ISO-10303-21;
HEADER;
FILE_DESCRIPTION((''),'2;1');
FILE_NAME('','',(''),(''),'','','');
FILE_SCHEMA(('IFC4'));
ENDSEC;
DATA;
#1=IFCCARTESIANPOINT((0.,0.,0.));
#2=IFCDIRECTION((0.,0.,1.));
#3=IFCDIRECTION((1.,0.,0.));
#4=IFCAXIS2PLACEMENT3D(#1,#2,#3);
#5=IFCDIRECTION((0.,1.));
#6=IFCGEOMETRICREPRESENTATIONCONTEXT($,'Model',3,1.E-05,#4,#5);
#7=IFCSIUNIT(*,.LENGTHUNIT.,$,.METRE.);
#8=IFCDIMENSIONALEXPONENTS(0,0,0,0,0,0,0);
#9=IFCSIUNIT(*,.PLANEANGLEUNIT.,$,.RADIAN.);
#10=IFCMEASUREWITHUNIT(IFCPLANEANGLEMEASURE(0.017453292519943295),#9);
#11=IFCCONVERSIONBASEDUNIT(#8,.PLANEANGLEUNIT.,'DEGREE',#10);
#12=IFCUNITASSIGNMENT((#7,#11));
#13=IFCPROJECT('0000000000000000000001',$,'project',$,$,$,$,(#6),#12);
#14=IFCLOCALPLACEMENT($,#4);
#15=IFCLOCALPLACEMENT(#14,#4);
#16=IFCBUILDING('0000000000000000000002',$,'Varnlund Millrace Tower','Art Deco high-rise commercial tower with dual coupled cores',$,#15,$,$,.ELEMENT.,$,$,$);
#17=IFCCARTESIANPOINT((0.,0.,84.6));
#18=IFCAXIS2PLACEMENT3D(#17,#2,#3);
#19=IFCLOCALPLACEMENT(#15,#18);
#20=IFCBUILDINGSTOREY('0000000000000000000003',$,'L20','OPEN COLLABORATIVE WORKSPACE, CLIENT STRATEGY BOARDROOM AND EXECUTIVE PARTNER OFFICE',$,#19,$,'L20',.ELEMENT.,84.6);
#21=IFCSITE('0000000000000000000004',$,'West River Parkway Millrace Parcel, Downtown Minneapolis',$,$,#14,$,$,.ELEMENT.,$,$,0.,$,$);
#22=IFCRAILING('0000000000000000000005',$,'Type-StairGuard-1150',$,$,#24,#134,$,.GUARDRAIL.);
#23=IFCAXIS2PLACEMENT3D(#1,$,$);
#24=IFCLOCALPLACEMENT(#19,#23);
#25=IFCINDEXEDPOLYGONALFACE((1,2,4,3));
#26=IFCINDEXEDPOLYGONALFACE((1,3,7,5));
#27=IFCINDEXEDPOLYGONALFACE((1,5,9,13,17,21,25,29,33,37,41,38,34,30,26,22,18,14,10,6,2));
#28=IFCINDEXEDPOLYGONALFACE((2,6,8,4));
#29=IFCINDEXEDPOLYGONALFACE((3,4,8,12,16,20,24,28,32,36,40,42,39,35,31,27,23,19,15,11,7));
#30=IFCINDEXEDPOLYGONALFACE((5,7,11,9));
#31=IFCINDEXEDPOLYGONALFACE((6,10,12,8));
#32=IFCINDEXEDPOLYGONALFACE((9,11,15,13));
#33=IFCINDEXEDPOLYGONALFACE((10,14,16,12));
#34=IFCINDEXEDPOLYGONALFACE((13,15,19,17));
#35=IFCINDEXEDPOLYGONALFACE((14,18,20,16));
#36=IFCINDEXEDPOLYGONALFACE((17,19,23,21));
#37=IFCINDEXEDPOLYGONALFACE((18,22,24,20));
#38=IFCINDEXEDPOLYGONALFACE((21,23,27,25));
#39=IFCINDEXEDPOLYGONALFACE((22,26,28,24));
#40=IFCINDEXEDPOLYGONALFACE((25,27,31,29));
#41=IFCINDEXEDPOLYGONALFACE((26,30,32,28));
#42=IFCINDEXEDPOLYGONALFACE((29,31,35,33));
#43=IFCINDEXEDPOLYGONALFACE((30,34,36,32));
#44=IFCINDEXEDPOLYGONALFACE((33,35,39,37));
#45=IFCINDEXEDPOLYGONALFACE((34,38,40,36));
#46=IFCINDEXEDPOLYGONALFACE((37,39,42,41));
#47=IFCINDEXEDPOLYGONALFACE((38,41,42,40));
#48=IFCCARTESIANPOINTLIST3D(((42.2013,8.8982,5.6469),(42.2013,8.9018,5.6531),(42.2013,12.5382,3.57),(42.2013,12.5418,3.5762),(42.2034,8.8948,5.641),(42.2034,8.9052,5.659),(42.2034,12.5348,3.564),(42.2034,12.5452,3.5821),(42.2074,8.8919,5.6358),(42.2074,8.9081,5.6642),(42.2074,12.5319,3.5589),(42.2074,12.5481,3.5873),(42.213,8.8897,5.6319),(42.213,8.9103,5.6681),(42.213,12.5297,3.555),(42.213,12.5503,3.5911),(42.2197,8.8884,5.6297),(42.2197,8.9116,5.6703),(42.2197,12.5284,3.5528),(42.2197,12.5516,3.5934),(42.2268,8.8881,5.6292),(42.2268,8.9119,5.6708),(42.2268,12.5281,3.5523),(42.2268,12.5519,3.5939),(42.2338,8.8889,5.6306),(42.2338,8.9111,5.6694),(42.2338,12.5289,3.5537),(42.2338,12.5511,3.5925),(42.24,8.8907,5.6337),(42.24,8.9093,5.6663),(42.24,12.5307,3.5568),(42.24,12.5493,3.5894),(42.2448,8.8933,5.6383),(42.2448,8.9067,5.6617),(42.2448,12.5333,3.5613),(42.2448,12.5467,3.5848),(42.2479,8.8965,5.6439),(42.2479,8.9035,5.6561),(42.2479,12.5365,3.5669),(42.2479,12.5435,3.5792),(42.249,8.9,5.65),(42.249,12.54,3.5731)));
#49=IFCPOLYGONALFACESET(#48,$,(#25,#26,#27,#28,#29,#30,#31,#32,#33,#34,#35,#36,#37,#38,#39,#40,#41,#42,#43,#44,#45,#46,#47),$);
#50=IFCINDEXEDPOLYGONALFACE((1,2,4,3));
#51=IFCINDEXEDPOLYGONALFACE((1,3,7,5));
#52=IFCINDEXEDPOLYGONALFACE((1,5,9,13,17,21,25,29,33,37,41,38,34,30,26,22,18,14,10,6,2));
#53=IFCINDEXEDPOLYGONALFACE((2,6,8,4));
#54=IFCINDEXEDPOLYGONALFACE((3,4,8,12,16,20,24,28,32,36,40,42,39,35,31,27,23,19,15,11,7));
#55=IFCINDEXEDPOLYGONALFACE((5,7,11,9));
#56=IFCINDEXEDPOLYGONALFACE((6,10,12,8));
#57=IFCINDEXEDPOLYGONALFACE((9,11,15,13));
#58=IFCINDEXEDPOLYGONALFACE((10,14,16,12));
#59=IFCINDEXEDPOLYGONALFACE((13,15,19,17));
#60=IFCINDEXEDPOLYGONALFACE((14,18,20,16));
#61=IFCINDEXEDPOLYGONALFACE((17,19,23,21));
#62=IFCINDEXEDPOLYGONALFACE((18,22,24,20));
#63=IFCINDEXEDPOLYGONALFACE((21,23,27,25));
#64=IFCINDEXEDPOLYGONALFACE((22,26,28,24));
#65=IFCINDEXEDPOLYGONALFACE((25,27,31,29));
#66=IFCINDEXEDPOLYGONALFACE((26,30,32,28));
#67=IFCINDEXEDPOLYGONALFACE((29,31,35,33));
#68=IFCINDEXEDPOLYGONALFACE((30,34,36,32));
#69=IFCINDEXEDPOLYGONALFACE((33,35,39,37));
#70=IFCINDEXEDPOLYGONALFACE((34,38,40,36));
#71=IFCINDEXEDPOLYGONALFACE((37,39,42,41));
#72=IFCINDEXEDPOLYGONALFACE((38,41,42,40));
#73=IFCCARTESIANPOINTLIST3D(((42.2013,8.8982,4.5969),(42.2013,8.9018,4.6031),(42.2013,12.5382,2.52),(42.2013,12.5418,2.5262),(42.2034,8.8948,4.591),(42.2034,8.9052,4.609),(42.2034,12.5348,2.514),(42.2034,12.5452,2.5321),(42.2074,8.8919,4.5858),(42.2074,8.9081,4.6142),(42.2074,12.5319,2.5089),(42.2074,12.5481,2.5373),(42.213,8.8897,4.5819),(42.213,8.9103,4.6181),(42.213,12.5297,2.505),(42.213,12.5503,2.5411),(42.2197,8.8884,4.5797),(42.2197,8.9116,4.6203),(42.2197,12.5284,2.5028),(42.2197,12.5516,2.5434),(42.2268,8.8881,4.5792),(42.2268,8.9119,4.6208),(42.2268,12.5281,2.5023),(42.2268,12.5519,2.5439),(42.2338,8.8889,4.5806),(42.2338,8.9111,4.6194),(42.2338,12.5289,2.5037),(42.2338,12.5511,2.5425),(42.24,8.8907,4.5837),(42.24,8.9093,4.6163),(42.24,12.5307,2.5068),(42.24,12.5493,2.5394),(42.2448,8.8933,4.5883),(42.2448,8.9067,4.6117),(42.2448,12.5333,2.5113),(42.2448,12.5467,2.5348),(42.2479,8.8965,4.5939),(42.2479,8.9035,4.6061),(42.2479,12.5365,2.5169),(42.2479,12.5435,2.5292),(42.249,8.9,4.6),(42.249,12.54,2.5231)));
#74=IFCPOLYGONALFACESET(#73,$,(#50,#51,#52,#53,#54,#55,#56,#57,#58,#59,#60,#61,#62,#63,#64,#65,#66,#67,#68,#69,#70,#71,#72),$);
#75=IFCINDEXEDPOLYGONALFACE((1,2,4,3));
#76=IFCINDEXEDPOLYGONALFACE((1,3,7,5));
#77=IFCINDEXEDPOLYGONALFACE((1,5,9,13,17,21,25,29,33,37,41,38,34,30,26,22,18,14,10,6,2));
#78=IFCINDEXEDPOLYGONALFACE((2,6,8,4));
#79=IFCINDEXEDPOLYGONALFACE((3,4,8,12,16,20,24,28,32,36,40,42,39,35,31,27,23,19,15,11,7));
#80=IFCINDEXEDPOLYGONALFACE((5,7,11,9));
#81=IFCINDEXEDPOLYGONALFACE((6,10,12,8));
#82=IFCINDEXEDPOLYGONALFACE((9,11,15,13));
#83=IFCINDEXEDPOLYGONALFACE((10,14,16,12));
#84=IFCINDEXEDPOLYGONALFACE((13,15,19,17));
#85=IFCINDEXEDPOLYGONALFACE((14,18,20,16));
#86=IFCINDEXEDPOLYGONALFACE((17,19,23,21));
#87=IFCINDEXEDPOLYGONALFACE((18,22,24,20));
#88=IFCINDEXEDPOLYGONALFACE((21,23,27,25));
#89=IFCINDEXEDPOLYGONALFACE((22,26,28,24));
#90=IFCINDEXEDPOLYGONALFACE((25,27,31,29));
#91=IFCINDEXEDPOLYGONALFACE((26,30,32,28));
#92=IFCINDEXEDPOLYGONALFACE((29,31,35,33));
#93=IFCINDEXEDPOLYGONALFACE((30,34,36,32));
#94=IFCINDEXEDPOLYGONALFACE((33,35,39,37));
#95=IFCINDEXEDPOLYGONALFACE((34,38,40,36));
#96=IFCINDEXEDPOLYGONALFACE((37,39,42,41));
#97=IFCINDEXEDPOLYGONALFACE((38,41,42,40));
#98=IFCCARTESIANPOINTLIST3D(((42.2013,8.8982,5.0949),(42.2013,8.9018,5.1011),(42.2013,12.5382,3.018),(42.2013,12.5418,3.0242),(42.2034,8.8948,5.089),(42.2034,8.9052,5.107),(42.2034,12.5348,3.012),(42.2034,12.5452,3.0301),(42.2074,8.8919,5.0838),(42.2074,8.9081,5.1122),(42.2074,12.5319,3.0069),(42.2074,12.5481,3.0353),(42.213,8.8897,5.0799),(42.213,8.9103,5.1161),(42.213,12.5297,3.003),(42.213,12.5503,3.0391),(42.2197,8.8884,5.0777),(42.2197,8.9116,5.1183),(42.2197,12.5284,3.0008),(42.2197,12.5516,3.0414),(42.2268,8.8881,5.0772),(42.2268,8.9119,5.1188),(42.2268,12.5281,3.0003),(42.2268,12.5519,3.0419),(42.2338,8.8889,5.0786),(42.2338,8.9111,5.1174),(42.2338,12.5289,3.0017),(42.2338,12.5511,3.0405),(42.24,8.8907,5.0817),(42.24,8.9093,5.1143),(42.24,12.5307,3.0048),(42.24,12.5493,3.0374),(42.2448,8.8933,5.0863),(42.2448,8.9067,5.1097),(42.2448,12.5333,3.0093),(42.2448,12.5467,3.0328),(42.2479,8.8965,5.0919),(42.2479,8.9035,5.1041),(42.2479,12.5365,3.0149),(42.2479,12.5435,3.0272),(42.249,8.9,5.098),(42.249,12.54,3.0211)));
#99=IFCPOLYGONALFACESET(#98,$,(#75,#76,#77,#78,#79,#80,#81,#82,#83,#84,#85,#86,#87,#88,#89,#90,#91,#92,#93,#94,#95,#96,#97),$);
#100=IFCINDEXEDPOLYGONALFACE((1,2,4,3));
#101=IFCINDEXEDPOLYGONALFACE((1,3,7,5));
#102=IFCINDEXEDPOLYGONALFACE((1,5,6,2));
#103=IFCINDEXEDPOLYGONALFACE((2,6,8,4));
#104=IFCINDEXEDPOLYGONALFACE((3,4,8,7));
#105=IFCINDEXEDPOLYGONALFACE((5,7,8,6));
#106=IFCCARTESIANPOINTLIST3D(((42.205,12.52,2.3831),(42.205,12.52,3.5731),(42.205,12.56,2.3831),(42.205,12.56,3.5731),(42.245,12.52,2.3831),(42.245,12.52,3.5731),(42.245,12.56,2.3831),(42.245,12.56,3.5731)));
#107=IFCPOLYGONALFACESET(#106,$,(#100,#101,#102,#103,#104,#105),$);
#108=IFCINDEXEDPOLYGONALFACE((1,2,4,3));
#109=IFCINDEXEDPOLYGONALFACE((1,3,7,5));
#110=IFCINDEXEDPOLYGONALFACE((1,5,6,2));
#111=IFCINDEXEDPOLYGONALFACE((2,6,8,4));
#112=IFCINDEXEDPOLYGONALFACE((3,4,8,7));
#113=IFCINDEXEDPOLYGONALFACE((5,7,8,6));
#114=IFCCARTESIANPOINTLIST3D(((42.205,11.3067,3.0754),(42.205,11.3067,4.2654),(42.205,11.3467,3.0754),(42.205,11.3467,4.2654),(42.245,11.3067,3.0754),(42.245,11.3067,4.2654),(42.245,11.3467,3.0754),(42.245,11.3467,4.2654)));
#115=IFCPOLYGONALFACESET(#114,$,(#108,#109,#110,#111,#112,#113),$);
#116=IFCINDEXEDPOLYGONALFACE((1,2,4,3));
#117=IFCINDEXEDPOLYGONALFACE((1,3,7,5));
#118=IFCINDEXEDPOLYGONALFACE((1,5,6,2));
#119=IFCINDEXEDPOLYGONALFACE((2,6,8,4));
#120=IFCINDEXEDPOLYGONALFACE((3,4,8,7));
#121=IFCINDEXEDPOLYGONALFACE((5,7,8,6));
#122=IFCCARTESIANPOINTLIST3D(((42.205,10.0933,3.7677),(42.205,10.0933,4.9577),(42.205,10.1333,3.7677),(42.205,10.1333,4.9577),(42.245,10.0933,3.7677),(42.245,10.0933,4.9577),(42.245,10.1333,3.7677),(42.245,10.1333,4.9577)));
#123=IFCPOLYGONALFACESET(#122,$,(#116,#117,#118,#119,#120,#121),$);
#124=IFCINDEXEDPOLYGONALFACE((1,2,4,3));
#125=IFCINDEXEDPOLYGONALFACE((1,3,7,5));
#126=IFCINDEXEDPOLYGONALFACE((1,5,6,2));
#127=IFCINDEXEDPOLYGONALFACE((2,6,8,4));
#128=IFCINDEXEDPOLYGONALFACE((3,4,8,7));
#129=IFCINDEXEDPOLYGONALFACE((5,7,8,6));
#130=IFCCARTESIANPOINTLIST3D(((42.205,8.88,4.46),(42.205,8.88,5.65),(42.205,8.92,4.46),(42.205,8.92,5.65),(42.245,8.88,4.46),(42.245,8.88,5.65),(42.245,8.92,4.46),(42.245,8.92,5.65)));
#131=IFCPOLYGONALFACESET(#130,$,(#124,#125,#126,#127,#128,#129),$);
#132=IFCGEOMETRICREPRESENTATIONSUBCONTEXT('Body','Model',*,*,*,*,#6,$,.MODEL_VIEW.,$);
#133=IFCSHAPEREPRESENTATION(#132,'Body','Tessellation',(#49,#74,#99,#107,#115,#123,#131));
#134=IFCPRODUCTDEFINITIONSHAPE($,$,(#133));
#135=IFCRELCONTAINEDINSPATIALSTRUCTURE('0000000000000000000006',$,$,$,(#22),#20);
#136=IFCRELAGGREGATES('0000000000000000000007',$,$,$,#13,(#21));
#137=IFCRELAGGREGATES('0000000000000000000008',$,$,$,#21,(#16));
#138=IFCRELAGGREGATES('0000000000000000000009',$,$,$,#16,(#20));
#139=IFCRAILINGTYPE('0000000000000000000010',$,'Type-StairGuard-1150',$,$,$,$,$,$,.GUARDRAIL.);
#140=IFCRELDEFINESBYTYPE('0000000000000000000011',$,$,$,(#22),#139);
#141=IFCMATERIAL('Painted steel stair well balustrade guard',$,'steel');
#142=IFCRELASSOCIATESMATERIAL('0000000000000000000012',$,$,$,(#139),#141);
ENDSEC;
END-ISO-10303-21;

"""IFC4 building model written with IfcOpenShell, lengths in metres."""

from ifc_helpers import new_model, entity, si_unit, converted_unit, direction, frame, origin_with_axes, origin_2d_with_axis, place, context, subcontext, project, spatial, rectangle, circle, extrude, material, type_object, element, save


model = new_model("IFC4")

# Units and contexts
model_context = context("Model", 3, precision=1e-05, world=origin_with_axes(), true_north=direction((0.0, 1.0)))
body_context = subcontext(model_context, "Body", "Model", "MODEL_VIEW")
ifc_project = project(units=[si_unit("LENGTHUNIT", "METRE"), converted_unit("PLANEANGLEUNIT", "DEGREE", entity("IfcPlaneAngleMeasure", 0.017453292519943295), si_unit("PLANEANGLEUNIT", "RADIAN"), dimensions=[0, 0, 0, 0, 0, 0, 0])], contexts=[model_context])

# Site, building, storey
site_placement = place(None, origin_with_axes())
site = spatial("IfcSite", under=ifc_project, at=site_placement, Name="West River Parkway Millrace Parcel, Downtown Minneapolis", CompositionType="ELEMENT", RefElevation=0.0)
building_placement = place(site_placement, origin_with_axes())
building = spatial("IfcBuilding", under=site, at=building_placement, Name="Varnlund Millrace Tower", Description="Art Deco high-rise commercial tower with dual coupled cores", CompositionType="ELEMENT")
storey_placement = place(building_placement, frame((0.0, 0.0, 84.6), z_axis=(0.0, 0.0, 1.0), x_axis=(1.0, 0.0, 0.0)))
storey = spatial("IfcBuildingStorey", under=building, at=storey_placement, Name="L20", Description="OPEN COLLABORATIVE WORKSPACE, CLIENT STRATEGY BOARDROOM AND EXECUTIVE PARTNER OFFICE", LongName="L20", CompositionType="ELEMENT", Elevation=84.6)

# Railing
ifc_material_1 = material(Name="Painted steel stair well balustrade guard", Category="steel")
railing_type_1 = type_object("IfcRailingType", Name="Type-StairGuard-1150", PredefinedType="GUARDRAIL", material=ifc_material_1)
railing_1_placement = place(storey_placement, frame((0.0, 0.0, -84.6), z_axis=(0.0, 0.0, 1.0), x_axis=(1.0, 0.0, 0.0)))
element("IfcRailing", 1, at=railing_1_placement, inside=storey, type_object=railing_type_1, Name="Type-StairGuard-1150", PredefinedType="GUARDRAIL", context=body_context, shape_type="SweptSolid", body=[
    extrude(circle(Radius=0.024, at=origin_2d_with_axis()), frame((42.225, 12.54, 88.1731), z_axis=(0.0, -0.868559, 0.495585), x_axis=(1.0, 0.0, 0.0)), (0.0, 0.0, 1.0), 4.1908),
    extrude(circle(Radius=0.024, at=origin_2d_with_axis()), frame((42.225, 12.54, 87.1231), z_axis=(0.0, -0.868559, 0.495585), x_axis=(1.0, 0.0, 0.0)), (0.0, 0.0, 1.0), 4.1908),
    extrude(circle(Radius=0.024, at=origin_2d_with_axis()), frame((42.225, 12.54, 87.6211), z_axis=(0.0, -0.868559, 0.495585), x_axis=(1.0, 0.0, 0.0)), (0.0, 0.0, 1.0), 4.1908),
    extrude(rectangle(XDim=0.04, YDim=0.04, at=origin_2d_with_axis()), frame((42.225, 12.54, 86.9831), z_axis=(0.0, 0.0, 1.0), x_axis=(1.0, 0.0, 0.0)), (0.0, 0.0, 1.0), 1.19),
    extrude(rectangle(XDim=0.04, YDim=0.04, at=origin_2d_with_axis()), frame((42.225, 11.3267, 87.6754), z_axis=(0.0, 0.0, 1.0), x_axis=(1.0, 0.0, 0.0)), (0.0, 0.0, 1.0), 1.19),
    extrude(rectangle(XDim=0.04, YDim=0.04, at=origin_2d_with_axis()), frame((42.225, 10.1133, 88.3677), z_axis=(0.0, 0.0, 1.0), x_axis=(1.0, 0.0, 0.0)), (0.0, 0.0, 1.0), 1.19),
    extrude(rectangle(XDim=0.04, YDim=0.04, at=origin_2d_with_axis()), frame((42.225, 8.9, 89.06), z_axis=(0.0, 0.0, 1.0), x_axis=(1.0, 0.0, 0.0)), (0.0, 0.0, 1.0), 1.19),
])

save(model, "model.ifc")
